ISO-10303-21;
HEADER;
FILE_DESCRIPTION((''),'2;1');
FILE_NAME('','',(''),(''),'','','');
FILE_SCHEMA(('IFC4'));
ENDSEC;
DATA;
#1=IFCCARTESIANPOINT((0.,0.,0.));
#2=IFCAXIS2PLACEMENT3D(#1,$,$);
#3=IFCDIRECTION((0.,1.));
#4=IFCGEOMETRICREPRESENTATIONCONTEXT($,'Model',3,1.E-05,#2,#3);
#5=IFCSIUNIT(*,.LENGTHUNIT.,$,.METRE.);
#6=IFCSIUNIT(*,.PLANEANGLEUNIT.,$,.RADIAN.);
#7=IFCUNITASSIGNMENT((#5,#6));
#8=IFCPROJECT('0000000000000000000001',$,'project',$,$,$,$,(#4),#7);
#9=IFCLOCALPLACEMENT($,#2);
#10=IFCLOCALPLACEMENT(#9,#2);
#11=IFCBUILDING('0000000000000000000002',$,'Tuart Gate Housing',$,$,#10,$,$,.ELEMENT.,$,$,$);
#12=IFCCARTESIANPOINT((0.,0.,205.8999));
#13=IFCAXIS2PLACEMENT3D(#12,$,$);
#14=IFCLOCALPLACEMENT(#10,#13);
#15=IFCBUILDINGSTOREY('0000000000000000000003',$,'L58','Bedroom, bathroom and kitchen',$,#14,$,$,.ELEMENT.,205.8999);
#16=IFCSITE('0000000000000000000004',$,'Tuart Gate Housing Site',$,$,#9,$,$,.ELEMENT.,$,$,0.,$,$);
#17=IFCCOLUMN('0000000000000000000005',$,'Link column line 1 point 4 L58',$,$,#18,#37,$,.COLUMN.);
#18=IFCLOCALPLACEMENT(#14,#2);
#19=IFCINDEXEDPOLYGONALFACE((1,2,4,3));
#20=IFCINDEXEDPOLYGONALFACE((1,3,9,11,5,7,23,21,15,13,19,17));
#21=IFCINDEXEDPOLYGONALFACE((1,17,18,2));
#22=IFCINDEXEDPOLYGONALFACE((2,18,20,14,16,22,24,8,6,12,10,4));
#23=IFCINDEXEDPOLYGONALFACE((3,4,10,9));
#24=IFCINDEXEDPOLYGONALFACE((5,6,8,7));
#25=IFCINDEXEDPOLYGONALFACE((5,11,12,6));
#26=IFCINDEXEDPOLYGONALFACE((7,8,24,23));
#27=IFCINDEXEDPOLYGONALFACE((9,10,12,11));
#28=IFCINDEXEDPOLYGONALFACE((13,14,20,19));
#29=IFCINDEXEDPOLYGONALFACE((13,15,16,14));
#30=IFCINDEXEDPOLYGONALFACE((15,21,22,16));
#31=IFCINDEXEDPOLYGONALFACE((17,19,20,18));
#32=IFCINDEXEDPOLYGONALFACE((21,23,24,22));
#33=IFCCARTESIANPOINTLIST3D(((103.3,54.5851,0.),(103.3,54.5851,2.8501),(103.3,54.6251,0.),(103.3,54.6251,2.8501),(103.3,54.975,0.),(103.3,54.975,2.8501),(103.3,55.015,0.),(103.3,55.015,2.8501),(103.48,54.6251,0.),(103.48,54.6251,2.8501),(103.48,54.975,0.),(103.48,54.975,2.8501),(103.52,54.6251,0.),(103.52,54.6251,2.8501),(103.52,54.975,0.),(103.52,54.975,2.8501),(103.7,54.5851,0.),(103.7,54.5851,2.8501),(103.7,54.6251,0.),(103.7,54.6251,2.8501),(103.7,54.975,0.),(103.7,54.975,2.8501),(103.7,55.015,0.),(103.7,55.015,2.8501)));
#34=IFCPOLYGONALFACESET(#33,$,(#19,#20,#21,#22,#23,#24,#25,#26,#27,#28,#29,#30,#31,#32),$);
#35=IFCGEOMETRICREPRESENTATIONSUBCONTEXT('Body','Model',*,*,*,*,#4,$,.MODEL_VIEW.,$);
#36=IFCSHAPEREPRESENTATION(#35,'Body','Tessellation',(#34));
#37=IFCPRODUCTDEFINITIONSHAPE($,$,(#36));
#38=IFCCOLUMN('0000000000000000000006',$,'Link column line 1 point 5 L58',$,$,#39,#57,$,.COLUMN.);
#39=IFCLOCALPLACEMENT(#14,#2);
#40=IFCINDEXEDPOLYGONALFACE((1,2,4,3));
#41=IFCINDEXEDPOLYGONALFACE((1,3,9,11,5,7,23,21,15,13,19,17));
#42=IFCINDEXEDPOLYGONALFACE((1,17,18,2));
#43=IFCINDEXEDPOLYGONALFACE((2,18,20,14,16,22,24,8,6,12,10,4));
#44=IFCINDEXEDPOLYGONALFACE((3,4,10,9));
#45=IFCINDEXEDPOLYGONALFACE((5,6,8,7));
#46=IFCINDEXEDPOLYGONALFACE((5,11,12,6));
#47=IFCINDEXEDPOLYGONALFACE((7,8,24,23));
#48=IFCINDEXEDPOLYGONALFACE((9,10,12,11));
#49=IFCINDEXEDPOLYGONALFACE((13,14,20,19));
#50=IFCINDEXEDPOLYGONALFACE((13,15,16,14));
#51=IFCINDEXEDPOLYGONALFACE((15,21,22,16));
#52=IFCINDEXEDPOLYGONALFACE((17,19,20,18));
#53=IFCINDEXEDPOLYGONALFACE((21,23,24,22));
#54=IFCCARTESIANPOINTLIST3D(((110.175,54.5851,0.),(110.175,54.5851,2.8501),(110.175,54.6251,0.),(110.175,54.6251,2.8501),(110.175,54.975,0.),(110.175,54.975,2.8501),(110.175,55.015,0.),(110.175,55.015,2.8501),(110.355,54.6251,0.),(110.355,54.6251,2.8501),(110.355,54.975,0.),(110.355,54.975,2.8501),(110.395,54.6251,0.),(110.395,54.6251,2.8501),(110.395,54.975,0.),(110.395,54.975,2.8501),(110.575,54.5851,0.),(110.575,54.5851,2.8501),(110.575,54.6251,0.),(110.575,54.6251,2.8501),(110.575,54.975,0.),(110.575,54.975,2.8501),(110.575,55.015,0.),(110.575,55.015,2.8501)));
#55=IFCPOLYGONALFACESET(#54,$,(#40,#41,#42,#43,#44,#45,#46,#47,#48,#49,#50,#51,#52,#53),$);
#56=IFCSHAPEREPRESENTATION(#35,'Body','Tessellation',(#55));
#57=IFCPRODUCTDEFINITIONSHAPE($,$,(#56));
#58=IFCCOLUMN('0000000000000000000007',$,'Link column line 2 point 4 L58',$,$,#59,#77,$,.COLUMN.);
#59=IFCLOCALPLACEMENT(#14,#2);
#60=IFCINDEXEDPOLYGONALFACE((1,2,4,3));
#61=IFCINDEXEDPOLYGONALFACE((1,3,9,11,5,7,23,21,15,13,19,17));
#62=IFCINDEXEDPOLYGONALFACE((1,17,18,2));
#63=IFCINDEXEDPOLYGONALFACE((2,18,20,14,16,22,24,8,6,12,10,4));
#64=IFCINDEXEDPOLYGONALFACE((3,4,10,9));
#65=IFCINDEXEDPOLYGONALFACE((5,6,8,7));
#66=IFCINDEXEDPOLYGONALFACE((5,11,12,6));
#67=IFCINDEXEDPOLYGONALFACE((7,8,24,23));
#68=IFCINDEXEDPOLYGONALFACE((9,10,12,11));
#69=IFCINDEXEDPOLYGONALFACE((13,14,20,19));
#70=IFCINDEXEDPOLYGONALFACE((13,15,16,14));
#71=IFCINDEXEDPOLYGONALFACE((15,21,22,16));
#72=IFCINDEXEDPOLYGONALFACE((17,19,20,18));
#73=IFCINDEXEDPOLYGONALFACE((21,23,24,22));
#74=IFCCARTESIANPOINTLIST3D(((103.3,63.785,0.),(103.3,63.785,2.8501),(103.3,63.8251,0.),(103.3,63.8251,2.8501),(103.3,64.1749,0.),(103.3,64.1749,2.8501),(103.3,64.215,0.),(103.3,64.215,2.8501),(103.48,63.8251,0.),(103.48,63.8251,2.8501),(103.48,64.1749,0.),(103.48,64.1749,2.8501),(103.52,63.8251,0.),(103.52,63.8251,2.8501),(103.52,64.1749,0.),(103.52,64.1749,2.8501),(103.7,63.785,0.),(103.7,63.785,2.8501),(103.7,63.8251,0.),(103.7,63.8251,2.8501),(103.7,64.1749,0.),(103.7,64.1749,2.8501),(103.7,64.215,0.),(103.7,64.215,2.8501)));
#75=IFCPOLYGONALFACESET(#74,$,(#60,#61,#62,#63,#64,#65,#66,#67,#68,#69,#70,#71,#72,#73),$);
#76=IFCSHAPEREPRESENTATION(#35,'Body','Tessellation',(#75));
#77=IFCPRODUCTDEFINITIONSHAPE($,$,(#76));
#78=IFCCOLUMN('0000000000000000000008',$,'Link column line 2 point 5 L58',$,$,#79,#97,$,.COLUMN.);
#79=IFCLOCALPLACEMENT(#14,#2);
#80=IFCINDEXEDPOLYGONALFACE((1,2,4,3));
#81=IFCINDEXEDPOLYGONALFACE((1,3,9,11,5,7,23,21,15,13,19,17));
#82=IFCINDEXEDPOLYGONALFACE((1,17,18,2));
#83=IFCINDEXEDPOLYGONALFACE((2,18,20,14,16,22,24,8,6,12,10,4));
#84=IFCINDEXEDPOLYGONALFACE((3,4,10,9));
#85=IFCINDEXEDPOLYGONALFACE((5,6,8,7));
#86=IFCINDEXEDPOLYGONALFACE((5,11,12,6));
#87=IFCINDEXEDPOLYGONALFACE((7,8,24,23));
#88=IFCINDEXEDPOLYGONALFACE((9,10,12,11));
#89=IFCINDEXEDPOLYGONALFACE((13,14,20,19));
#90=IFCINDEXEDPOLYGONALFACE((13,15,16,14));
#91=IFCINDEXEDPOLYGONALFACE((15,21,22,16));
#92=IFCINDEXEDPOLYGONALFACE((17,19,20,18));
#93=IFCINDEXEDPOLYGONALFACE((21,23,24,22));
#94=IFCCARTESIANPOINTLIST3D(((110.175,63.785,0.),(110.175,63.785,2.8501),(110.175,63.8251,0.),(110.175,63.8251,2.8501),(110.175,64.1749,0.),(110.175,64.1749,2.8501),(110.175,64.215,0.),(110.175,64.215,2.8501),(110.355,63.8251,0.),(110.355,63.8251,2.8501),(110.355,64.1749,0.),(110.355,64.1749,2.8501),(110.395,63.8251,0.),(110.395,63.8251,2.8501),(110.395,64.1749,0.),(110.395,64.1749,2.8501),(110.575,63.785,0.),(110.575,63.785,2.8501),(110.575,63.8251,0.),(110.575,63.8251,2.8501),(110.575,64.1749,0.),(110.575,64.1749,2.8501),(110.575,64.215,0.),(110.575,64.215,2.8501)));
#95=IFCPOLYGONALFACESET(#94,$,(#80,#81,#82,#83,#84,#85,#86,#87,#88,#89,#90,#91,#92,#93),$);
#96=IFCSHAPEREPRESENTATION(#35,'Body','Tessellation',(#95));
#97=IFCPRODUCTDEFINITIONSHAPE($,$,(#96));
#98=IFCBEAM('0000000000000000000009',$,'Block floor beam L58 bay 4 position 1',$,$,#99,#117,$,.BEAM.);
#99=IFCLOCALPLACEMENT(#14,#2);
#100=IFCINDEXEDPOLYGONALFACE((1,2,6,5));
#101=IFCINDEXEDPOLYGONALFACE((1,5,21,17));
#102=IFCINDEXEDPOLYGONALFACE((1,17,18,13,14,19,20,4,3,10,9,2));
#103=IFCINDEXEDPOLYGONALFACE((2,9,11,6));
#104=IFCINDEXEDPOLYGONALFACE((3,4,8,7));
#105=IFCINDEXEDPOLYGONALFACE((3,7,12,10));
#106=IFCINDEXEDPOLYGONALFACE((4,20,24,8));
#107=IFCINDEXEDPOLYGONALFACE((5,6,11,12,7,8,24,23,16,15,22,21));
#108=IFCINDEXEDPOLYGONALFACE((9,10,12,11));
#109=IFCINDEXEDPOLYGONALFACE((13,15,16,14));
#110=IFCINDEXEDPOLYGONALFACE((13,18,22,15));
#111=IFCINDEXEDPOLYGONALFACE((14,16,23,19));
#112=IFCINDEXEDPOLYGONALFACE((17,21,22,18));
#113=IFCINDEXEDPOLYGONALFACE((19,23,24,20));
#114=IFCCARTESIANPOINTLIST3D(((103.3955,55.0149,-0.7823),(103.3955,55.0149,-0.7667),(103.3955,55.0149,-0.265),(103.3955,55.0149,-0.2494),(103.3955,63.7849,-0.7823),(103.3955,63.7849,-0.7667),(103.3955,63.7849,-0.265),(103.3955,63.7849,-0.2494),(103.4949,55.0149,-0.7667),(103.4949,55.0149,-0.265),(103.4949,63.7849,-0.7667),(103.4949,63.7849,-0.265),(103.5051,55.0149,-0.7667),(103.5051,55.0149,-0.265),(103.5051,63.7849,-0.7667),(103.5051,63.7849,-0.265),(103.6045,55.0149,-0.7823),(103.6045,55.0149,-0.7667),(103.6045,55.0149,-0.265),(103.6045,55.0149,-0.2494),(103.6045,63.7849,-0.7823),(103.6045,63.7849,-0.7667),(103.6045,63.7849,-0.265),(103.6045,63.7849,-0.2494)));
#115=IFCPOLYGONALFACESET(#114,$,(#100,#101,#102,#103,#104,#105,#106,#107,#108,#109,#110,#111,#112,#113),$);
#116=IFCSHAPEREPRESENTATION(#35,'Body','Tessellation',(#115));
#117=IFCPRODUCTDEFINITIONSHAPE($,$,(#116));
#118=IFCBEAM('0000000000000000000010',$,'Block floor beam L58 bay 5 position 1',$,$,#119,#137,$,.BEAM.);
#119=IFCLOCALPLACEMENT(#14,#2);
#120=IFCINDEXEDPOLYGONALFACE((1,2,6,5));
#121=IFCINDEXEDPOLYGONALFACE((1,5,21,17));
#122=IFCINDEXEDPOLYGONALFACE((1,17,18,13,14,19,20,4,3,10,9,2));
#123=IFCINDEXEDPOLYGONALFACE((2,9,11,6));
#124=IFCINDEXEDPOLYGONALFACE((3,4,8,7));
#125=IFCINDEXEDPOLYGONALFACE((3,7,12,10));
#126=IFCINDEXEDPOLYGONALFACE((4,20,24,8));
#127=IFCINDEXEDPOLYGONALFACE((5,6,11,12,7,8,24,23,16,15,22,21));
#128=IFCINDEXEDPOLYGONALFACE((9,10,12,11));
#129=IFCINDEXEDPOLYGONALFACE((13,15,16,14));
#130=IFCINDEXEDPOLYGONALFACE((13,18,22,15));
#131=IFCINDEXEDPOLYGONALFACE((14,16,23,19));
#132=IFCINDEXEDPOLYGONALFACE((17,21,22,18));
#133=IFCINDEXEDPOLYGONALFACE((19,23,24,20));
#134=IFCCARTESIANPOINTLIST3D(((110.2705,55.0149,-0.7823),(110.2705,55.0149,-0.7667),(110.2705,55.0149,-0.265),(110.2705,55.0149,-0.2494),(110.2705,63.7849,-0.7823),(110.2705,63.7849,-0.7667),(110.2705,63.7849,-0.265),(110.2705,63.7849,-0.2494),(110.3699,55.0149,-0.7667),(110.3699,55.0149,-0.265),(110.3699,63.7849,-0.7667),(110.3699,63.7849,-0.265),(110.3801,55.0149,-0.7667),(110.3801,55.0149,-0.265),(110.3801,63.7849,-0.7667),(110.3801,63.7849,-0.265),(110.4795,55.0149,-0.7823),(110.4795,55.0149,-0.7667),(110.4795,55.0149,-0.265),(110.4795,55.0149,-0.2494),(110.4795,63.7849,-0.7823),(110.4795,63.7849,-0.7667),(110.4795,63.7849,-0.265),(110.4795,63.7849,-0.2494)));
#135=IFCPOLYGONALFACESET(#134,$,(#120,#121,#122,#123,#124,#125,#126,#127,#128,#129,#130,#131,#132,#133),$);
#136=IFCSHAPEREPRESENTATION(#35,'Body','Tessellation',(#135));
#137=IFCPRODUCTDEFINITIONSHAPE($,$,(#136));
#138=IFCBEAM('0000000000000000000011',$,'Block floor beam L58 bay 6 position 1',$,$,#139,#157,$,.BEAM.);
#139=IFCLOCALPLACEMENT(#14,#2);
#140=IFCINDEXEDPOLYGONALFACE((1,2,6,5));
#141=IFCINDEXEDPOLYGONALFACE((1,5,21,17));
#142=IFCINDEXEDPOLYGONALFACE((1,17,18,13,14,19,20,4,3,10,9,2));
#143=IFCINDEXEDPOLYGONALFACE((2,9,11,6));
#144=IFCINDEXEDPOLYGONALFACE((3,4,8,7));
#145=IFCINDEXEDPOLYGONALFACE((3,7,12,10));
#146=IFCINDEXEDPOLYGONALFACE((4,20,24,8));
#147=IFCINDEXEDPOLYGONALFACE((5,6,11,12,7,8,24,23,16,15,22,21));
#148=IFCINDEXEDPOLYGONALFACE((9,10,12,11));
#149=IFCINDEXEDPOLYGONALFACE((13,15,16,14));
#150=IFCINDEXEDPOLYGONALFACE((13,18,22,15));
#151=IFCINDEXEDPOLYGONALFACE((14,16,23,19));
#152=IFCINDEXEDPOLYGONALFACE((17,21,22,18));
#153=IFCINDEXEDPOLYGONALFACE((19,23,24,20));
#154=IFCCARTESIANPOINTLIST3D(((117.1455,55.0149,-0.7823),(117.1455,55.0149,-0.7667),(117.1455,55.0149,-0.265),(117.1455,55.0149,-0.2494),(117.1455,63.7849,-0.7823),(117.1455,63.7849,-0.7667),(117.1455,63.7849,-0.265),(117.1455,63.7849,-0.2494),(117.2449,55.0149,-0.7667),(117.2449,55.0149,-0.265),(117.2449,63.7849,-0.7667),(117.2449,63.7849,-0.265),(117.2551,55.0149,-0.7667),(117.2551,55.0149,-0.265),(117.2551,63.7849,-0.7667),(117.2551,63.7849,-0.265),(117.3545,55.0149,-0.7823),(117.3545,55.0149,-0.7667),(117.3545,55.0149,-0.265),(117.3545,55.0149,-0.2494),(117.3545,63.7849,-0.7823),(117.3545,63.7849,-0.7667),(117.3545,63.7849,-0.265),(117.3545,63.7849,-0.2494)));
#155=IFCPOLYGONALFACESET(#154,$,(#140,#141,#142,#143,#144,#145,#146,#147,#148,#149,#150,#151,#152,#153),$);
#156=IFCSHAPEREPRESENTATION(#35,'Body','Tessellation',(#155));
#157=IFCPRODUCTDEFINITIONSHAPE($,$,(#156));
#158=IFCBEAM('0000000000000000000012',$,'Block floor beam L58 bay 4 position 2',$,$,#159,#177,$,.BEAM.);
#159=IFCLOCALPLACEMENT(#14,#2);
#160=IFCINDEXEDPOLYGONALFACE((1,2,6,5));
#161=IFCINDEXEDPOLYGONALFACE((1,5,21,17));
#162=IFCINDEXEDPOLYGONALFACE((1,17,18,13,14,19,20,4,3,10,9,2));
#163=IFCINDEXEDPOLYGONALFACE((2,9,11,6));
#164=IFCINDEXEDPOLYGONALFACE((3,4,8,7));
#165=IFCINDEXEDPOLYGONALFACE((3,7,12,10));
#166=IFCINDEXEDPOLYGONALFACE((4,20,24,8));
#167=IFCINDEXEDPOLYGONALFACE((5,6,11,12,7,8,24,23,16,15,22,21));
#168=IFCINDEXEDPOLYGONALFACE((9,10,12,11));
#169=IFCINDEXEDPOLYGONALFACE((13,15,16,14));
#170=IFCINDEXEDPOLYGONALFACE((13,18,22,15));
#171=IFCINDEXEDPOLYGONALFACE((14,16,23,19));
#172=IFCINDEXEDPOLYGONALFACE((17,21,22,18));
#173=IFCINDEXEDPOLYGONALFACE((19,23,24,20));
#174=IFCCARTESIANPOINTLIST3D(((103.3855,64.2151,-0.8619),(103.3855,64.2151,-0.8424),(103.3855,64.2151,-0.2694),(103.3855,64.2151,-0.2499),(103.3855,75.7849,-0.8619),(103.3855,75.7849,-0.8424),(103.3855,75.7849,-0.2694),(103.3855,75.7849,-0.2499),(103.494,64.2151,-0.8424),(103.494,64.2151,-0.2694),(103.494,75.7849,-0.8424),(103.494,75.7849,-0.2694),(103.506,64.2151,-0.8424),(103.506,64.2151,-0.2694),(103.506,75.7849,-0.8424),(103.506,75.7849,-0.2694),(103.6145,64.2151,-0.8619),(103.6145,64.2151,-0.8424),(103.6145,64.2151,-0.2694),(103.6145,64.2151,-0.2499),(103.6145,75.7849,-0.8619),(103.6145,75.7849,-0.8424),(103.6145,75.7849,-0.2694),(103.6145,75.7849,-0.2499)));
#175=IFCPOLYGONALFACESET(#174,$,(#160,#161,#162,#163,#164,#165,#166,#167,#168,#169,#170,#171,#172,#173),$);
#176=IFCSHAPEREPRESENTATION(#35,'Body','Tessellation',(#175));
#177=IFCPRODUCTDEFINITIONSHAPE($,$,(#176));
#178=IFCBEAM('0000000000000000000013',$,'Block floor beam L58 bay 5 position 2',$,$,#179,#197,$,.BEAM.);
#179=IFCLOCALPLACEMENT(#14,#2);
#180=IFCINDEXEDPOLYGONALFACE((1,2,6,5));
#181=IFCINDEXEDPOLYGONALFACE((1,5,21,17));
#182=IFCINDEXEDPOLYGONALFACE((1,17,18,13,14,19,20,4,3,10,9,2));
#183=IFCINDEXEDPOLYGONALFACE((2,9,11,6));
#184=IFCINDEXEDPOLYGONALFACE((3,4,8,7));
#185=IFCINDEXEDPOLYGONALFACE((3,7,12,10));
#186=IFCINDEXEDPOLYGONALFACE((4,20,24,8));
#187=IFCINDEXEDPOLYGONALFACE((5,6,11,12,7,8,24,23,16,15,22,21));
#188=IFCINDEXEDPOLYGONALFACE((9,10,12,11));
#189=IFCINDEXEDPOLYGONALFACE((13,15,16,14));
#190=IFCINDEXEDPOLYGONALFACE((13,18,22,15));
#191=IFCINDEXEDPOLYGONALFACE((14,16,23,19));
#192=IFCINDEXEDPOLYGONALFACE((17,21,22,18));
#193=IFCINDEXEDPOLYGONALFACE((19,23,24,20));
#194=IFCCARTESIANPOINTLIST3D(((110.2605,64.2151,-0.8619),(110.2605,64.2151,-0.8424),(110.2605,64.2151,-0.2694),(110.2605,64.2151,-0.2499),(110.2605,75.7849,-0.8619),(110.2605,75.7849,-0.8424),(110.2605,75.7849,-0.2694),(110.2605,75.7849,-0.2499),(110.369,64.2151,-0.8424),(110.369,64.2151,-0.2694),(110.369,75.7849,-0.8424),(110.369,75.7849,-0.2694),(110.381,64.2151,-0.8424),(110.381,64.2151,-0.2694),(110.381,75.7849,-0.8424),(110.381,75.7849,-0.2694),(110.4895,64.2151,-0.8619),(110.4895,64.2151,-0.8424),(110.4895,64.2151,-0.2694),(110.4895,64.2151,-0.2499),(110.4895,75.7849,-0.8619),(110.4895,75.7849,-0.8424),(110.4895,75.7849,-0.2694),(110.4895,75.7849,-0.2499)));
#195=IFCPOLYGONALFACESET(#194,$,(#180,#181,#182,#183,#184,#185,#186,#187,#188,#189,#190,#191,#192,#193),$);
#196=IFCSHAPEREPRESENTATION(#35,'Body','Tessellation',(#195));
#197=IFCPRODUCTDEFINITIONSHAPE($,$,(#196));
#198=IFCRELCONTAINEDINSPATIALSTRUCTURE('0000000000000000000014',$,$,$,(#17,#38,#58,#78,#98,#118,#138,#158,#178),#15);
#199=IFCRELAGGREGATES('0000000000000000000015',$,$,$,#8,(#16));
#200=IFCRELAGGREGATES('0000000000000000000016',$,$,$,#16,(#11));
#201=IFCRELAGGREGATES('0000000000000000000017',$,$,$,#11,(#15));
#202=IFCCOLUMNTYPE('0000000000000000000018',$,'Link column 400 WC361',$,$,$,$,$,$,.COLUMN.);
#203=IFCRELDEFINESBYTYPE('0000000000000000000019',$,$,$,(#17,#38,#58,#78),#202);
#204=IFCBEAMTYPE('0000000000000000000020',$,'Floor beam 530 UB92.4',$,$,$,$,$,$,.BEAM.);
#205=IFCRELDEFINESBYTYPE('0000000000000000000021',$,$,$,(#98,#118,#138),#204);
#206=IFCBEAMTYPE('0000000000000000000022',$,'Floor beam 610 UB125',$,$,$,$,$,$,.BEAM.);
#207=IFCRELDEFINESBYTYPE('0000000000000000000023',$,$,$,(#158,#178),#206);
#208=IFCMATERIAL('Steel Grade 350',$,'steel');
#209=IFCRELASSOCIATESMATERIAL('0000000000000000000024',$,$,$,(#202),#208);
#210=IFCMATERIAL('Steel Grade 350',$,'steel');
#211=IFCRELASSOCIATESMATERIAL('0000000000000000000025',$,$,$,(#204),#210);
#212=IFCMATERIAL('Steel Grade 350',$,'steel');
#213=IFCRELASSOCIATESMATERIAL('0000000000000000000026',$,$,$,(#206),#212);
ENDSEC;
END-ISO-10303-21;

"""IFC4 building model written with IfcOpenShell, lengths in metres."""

from ifc_helpers import new_model, si_unit, direction, frame, origin, origin_2d, place, context, subcontext, project, spatial, i_section, extrude, material, material_profile, profile_set, type_object, element, save


model = new_model("IFC4")

# Units and contexts
model_context = context("Model", 3, precision=1e-05, world=origin(), true_north=direction((0.0, 1.0)))
body_context = subcontext(model_context, "Body", "Model", "MODEL_VIEW")
ifc_project = project(units=[si_unit("LENGTHUNIT", "METRE"), si_unit("PLANEANGLEUNIT", "RADIAN")], contexts=[model_context])

# Site, building, storey
site_placement = place(None, origin())
site = spatial("IfcSite", under=ifc_project, at=site_placement, Name="Tuart Gate Housing Site", CompositionType="ELEMENT", RefElevation=0.0)
building_placement = place(site_placement, origin())
building = spatial("IfcBuilding", under=site, at=building_placement, Name="Tuart Gate Housing", CompositionType="ELEMENT")
storey_placement = place(building_placement, frame((0.0, 0.0, 205.8999)))
storey = spatial("IfcBuildingStorey", under=building, at=storey_placement, Name="L58", Description="Bedroom, bathroom and kitchen", CompositionType="ELEMENT", Elevation=205.8999)

# Columns
ifc_material_1 = material(Name="Steel Grade 350", Category="steel")
ifc_material_profile_1 = material_profile(ifc_material_1, i_section(OverallWidth=0.3999, OverallDepth=0.4299, WebThickness=0.04, FlangeThickness=0.04, at=origin_2d()), Name="400WC361")
ifc_profile_set_1 = profile_set([ifc_material_profile_1], Name="Steel Grade 350")
column_type = type_object("IfcColumnType", Name="Link column 400 WC361", PredefinedType="COLUMN", material=ifc_profile_set_1)
for number, where, z_axis, x_axis, name in (
    (1, (103.5, 54.8, 0.0), (0.0, 0.0, 1.0), (1.0, 0.0, 0.0), "Link column line 1 point 4 L58"),
    (2, (110.375, 54.8, 0.0), (0.0, 0.0, 1.0), (1.0, 0.0, 0.0), "Link column line 1 point 5 L58"),
    (3, (103.5, 64.0, 0.0), (0.0, 0.0, 1.0), (1.0, 0.0, 0.0), "Link column line 2 point 4 L58"),
    (4, (110.375, 64.0, 0.0), (0.0, 0.0, 1.0), (1.0, 0.0, 0.0), "Link column line 2 point 5 L58"),
):
    element("IfcColumn", number, at=place(storey_placement, frame(where, z_axis=z_axis, x_axis=x_axis)), inside=storey, type_object=column_type, Name=name, PredefinedType="COLUMN", context=body_context, shape_type="SweptSolid", body=[
        extrude(i_section(OverallWidth=0.3999, OverallDepth=0.4299, WebThickness=0.04, FlangeThickness=0.04, at=origin_2d()), origin(), (0.0, 0.0, 1.0), 2.8501),
    ])

# Beams
ifc_material_2 = material(Name="Steel Grade 350", Category="steel")
ifc_material_profile_2 = material_profile(ifc_material_2, i_section(OverallWidth=0.209, OverallDepth=0.533, WebThickness=0.0103, FlangeThickness=0.0156, at=origin_2d()), Name="530UB92.4")
ifc_profile_set_2 = profile_set([ifc_material_profile_2], Name="Steel Grade 350")
beam_type_1 = type_object("IfcBeamType", Name="Floor beam 530 UB92.4", PredefinedType="BEAM", material=ifc_profile_set_2)
for number, where, z_axis, x_axis, name in (
    (5, (103.5, 55.0149, -0.5159), (0.0, 1.0, 0.0), (-1.0, 0.0, 0.0), "Block floor beam L58 bay 4 position 1"),
    (6, (110.375, 55.0149, -0.5159), (0.0, 1.0, 0.0), (-1.0, 0.0, 0.0), "Block floor beam L58 bay 5 position 1"),
    (7, (117.25, 55.0149, -0.5159), (0.0, 1.0, 0.0), (-1.0, 0.0, 0.0), "Block floor beam L58 bay 6 position 1"),
):
    element("IfcBeam", number, at=place(storey_placement, frame(where, z_axis=z_axis, x_axis=x_axis)), inside=storey, type_object=beam_type_1, Name=name, PredefinedType="BEAM", context=body_context, shape_type="SweptSolid", body=[
        extrude(i_section(OverallWidth=0.209, OverallDepth=0.533, WebThickness=0.0103, FlangeThickness=0.0156, at=origin_2d()), origin(), (0.0, 0.0, 1.0), 8.77),
    ])
ifc_material_3 = material(Name="Steel Grade 350", Category="steel")
ifc_material_profile_3 = material_profile(ifc_material_3, i_section(OverallWidth=0.229, OverallDepth=0.6121, WebThickness=0.012, FlangeThickness=0.0195, at=origin_2d()), Name="610UB125")
ifc_profile_set_3 = profile_set([ifc_material_profile_3], Name="Steel Grade 350")
beam_type_2 = type_object("IfcBeamType", Name="Floor beam 610 UB125", PredefinedType="BEAM", material=ifc_profile_set_3)
for number, where, z_axis, x_axis, name in (
    (8, (103.5, 64.2151, -0.5559), (0.0, 1.0, 0.0), (-1.0, 0.0, 0.0), "Block floor beam L58 bay 4 position 2"),
    (9, (110.375, 64.2151, -0.5559), (0.0, 1.0, 0.0), (-1.0, 0.0, 0.0), "Block floor beam L58 bay 5 position 2"),
):
    element("IfcBeam", number, at=place(storey_placement, frame(where, z_axis=z_axis, x_axis=x_axis)), inside=storey, type_object=beam_type_2, Name=name, PredefinedType="BEAM", context=body_context, shape_type="SweptSolid", body=[
        extrude(i_section(OverallWidth=0.229, OverallDepth=0.6121, WebThickness=0.012, FlangeThickness=0.0195, at=origin_2d()), origin(), (0.0, 0.0, 1.0), 11.5698),
    ])

save(model, "model.ifc")
